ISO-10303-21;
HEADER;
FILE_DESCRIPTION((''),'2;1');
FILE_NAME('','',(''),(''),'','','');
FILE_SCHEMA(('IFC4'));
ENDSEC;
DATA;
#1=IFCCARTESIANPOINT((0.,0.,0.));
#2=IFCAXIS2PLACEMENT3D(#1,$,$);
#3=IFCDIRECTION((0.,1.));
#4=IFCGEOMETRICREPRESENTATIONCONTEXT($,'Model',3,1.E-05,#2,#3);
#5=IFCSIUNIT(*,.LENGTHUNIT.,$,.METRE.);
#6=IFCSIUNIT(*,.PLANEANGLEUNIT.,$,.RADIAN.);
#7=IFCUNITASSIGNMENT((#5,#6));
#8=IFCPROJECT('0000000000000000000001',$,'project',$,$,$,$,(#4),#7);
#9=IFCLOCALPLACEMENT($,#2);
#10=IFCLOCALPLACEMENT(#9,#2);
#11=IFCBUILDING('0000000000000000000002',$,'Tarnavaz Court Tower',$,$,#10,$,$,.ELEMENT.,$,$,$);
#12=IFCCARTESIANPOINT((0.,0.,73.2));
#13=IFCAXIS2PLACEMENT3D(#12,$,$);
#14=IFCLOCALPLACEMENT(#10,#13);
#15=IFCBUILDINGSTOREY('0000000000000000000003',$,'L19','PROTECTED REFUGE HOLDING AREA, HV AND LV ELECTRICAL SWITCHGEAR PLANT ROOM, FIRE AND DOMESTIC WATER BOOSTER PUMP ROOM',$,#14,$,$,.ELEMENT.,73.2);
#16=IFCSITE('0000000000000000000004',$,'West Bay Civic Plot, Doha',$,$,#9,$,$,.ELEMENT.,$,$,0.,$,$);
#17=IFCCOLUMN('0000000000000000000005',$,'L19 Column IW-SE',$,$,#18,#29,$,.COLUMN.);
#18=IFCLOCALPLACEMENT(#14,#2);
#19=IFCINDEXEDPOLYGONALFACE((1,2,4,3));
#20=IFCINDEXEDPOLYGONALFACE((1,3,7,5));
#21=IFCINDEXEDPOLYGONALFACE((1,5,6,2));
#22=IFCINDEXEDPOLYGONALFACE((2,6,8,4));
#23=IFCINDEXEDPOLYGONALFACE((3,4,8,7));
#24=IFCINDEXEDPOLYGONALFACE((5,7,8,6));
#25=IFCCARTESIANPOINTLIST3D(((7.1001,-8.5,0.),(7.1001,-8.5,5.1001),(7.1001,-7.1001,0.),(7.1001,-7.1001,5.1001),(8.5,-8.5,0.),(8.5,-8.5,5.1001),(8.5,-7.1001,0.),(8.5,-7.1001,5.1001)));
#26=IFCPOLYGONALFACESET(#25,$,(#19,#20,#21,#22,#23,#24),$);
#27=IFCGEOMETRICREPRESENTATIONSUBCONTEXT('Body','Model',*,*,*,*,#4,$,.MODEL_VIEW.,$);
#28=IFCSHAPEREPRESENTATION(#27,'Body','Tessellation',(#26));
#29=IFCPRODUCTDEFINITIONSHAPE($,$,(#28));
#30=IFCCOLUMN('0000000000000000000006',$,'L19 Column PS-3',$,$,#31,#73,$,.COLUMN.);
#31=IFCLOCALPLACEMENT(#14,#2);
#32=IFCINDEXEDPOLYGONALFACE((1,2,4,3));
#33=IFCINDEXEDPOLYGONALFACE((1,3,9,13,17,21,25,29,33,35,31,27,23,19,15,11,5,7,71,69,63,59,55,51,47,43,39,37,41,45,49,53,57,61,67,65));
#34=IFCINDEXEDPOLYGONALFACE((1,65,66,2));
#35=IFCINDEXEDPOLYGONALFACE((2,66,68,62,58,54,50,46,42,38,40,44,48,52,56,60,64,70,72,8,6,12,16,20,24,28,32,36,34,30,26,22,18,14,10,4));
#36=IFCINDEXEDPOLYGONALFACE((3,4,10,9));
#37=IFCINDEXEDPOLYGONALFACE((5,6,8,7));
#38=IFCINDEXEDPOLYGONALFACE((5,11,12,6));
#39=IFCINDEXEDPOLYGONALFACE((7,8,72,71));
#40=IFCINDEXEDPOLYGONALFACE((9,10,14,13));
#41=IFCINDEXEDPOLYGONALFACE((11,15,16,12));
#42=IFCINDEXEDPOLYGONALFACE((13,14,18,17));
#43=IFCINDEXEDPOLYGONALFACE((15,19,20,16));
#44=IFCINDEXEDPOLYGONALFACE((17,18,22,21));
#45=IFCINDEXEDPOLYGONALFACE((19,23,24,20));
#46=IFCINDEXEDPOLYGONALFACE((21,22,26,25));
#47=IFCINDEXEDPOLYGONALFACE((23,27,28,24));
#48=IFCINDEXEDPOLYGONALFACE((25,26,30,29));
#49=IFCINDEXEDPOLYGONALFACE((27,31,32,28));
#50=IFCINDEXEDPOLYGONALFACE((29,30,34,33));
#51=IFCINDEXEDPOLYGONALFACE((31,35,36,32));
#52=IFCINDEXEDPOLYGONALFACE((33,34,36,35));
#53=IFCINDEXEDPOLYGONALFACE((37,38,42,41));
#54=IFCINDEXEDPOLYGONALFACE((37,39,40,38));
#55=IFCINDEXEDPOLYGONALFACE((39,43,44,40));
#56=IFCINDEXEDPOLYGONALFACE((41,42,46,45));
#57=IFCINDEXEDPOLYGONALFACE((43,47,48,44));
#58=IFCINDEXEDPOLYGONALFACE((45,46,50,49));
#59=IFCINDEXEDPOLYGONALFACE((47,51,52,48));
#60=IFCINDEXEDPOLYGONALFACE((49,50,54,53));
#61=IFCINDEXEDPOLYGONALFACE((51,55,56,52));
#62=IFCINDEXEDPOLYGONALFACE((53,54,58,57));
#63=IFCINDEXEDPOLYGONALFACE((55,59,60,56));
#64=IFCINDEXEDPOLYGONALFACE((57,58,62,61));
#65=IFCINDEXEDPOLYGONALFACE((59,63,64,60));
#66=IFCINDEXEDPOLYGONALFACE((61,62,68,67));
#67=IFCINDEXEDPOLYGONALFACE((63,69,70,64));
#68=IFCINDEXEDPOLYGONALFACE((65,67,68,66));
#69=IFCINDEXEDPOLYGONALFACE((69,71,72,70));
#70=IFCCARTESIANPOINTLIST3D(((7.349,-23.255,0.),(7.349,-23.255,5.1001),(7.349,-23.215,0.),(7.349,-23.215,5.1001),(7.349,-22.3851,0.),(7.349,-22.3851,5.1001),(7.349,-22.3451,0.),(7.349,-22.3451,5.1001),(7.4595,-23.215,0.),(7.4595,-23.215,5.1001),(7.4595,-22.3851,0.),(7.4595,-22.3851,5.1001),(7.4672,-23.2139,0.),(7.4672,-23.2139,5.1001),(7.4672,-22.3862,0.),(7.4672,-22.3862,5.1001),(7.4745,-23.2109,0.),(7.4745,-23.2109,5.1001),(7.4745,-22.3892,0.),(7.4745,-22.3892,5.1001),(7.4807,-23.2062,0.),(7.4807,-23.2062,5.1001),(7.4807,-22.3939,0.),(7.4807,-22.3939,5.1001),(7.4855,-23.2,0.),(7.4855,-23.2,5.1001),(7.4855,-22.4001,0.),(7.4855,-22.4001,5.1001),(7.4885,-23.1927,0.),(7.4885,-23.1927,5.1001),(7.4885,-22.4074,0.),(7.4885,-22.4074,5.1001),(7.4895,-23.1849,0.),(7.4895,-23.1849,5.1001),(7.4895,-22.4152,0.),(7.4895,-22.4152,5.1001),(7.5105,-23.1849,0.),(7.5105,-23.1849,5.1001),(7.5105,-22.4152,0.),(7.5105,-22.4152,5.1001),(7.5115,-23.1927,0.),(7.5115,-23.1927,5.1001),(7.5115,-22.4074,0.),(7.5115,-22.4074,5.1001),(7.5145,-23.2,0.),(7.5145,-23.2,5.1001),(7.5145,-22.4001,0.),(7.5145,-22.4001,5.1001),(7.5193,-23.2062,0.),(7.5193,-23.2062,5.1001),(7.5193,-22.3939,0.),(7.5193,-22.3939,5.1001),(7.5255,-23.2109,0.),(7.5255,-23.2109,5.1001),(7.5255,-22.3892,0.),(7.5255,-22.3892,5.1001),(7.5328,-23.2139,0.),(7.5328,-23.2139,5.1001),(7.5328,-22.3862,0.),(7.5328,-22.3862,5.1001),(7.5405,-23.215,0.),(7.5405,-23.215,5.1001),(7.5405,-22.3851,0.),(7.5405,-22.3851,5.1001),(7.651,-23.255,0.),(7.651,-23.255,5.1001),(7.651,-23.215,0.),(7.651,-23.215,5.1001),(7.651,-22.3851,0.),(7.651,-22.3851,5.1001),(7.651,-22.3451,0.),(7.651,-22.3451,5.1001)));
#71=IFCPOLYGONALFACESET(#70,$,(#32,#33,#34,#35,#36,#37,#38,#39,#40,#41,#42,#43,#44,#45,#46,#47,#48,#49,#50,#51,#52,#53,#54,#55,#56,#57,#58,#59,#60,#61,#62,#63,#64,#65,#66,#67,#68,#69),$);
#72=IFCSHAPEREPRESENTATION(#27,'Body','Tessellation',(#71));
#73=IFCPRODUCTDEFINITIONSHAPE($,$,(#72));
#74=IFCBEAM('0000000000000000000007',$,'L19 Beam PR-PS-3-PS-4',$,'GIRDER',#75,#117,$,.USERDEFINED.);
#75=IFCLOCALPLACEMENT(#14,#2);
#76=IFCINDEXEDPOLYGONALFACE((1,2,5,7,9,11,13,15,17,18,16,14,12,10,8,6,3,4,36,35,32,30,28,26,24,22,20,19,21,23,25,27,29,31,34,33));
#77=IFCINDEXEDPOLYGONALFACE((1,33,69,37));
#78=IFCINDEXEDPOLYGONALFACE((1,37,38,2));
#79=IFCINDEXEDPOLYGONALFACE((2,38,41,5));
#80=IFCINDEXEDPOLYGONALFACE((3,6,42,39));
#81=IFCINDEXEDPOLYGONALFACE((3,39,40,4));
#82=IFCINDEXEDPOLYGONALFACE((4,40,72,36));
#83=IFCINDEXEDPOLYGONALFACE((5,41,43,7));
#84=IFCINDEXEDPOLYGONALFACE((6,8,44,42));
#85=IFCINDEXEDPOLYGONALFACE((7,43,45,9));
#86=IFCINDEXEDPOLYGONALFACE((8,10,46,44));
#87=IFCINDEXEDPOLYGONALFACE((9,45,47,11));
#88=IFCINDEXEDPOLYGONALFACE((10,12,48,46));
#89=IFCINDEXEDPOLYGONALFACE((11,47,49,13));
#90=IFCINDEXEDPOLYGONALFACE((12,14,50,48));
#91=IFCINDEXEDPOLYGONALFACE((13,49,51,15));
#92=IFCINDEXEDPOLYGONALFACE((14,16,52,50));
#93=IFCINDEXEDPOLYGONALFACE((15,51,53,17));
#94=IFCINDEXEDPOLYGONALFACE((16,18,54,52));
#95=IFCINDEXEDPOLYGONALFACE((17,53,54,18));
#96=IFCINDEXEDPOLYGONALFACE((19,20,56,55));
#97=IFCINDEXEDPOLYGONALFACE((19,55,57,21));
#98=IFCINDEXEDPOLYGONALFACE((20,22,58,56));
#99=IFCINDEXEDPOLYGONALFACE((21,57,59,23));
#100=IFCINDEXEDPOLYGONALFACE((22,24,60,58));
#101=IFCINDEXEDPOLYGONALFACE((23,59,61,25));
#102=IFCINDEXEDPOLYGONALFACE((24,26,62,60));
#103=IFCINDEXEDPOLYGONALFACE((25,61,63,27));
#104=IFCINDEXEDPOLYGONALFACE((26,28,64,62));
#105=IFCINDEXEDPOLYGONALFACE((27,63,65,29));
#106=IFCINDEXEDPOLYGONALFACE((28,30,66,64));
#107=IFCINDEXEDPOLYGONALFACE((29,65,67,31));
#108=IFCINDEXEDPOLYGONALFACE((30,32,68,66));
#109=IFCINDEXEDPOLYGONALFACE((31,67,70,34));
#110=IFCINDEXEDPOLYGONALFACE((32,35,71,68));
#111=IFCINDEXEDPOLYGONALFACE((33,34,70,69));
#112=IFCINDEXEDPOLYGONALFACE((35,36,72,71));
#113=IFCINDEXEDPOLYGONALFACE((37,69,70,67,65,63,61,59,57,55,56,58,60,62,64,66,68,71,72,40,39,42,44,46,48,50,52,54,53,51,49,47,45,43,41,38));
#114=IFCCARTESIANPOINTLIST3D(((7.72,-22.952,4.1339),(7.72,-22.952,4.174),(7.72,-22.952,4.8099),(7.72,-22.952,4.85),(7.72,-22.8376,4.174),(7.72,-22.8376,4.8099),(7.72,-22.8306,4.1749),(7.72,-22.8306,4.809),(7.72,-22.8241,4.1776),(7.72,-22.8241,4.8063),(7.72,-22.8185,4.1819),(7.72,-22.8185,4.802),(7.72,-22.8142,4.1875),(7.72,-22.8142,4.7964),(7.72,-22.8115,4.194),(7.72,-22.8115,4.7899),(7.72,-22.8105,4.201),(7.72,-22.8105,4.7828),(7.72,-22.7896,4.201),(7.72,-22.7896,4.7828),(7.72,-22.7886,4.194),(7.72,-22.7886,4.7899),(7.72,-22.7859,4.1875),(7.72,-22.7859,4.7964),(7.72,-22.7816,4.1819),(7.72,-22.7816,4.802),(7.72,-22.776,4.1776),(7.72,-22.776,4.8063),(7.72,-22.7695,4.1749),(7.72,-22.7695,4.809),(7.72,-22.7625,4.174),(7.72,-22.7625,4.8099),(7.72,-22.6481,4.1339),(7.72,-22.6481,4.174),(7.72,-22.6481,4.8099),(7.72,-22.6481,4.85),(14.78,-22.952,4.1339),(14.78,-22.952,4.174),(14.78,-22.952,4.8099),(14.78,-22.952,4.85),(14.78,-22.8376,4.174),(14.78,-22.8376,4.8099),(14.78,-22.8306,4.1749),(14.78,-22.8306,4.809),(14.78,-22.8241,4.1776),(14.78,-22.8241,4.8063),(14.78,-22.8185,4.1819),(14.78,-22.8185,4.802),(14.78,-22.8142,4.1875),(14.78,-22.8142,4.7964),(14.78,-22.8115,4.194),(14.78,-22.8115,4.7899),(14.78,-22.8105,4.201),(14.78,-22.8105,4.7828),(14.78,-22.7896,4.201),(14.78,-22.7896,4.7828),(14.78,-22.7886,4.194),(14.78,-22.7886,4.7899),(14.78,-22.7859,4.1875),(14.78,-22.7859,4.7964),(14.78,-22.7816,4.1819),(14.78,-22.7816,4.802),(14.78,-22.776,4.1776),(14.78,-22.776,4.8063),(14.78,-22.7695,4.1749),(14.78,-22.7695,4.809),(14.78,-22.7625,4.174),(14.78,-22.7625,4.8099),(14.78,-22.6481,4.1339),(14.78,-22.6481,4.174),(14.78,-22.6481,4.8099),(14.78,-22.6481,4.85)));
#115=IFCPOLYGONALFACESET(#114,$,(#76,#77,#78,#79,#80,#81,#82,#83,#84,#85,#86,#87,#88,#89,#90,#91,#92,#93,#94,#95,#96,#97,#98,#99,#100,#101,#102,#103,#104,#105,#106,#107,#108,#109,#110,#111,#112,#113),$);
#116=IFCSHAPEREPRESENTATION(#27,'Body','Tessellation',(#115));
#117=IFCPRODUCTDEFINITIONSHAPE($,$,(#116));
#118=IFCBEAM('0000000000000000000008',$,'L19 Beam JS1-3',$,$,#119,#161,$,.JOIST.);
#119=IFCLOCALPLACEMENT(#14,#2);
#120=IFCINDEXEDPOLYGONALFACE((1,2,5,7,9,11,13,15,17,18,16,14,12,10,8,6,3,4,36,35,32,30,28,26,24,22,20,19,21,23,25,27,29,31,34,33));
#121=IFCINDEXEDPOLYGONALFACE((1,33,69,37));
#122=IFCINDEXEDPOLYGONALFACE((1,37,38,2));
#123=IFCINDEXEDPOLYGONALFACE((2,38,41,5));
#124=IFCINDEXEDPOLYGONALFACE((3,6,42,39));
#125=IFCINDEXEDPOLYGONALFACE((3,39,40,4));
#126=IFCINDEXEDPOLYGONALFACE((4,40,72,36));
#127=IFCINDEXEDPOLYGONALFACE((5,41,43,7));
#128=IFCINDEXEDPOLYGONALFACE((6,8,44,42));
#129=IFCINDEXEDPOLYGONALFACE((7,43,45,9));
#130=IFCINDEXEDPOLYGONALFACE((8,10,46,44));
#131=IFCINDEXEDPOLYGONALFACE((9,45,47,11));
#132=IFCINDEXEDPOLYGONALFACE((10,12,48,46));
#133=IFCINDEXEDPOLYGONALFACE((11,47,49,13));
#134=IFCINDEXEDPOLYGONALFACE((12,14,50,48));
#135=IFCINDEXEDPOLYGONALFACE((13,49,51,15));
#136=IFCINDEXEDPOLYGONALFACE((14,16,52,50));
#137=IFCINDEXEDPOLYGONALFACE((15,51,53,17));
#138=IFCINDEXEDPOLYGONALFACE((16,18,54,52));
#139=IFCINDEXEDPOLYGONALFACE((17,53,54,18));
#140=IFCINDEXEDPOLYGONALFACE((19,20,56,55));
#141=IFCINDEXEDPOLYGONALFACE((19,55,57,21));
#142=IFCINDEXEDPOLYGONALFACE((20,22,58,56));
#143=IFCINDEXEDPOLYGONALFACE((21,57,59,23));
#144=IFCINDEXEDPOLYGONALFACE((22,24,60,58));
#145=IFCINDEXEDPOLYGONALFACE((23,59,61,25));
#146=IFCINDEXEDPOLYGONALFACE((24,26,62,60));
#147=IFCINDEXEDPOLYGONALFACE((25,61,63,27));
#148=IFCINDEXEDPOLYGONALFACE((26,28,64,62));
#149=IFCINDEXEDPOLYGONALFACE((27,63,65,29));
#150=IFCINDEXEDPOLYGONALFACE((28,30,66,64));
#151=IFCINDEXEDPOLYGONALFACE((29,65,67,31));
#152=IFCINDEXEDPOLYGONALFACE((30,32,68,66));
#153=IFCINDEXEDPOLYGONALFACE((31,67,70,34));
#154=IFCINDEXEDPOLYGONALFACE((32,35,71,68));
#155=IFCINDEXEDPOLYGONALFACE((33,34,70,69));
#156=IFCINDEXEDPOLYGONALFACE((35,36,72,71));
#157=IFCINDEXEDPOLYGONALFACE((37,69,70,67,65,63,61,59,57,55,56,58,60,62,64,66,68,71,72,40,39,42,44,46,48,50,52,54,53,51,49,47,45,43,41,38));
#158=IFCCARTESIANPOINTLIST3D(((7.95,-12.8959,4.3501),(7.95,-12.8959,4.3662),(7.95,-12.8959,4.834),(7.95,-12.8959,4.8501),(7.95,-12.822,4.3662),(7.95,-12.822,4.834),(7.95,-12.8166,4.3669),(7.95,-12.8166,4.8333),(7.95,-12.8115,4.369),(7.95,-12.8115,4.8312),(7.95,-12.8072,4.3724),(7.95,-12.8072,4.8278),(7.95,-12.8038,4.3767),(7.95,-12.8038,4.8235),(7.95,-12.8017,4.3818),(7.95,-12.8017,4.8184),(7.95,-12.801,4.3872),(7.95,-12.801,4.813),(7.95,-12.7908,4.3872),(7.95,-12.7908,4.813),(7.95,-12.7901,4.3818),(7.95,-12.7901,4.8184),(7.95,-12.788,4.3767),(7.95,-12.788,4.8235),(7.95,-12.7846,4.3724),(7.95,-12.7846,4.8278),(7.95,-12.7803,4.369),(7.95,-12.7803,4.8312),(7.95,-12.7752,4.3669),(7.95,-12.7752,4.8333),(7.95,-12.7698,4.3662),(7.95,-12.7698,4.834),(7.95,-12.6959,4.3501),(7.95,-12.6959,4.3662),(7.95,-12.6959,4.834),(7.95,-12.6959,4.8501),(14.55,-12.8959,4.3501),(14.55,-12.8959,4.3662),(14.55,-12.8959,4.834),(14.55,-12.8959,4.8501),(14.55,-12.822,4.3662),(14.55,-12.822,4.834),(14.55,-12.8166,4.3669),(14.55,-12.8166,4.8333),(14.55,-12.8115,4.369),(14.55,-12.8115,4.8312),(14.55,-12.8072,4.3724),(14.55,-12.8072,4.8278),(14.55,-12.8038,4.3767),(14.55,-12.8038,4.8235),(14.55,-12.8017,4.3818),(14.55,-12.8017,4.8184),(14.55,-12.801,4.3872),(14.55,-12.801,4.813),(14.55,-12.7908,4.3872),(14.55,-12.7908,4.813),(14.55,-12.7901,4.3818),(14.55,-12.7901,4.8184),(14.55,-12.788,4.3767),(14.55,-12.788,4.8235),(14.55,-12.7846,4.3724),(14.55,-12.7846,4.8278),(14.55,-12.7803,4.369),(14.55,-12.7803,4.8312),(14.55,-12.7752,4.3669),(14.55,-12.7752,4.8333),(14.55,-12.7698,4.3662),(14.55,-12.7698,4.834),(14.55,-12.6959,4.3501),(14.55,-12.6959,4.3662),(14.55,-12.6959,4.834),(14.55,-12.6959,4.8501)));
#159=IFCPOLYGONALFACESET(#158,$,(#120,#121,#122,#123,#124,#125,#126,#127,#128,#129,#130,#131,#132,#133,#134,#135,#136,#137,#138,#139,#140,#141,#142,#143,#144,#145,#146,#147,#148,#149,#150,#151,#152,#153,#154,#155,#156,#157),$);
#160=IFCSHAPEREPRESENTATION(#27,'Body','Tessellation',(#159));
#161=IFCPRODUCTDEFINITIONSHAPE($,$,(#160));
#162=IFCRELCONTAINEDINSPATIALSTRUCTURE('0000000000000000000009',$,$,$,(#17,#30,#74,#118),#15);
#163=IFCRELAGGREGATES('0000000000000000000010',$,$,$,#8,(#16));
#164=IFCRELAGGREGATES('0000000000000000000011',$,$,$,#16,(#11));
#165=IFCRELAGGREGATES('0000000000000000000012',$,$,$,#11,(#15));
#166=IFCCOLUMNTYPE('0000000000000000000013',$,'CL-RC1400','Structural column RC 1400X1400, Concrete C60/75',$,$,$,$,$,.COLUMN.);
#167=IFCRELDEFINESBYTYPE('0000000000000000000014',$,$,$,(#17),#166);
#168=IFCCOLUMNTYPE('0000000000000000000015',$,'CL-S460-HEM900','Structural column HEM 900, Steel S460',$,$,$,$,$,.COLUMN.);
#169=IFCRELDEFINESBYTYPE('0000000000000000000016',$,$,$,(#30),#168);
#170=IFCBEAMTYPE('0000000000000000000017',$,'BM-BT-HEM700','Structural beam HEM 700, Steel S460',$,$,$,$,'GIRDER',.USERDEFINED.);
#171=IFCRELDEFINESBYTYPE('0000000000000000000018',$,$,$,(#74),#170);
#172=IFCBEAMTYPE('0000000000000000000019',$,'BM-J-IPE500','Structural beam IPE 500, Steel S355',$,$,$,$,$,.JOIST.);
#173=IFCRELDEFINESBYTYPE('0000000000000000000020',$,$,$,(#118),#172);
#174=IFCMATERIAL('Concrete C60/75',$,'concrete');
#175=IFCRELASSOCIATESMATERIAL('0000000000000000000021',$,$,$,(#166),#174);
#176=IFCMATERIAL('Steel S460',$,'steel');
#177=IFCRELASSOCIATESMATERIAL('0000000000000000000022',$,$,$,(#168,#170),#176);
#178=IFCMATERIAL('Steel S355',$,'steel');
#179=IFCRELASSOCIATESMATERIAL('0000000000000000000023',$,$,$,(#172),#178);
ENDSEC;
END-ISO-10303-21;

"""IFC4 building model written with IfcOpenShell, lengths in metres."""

from ifc_helpers import new_model, si_unit, direction, frame, origin, origin_2d, place, context, subcontext, project, spatial, rectangle, i_section, extrude, material, material_profile, profile_set, type_object, element, save


model = new_model("IFC4")

# Units and contexts
model_context = context("Model", 3, precision=1e-05, world=origin(), true_north=direction((0.0, 1.0)))
body_context = subcontext(model_context, "Body", "Model", "MODEL_VIEW")
ifc_project = project(units=[si_unit("LENGTHUNIT", "METRE"), si_unit("PLANEANGLEUNIT", "RADIAN")], contexts=[model_context])

# Site, building, storey
site_placement = place(None, origin())
site = spatial("IfcSite", under=ifc_project, at=site_placement, Name="West Bay Civic Plot, Doha", CompositionType="ELEMENT", RefElevation=0.0)
building_placement = place(site_placement, origin())
building = spatial("IfcBuilding", under=site, at=building_placement, Name="Tarnavaz Court Tower", CompositionType="ELEMENT")
storey_placement = place(building_placement, frame((0.0, 0.0, 73.2)))
storey = spatial("IfcBuildingStorey", under=building, at=storey_placement, Name="L19", Description="PROTECTED REFUGE HOLDING AREA, HV AND LV ELECTRICAL SWITCHGEAR PLANT ROOM, FIRE AND DOMESTIC WATER BOOSTER PUMP ROOM", CompositionType="ELEMENT", Elevation=73.2)

# Columns
ifc_material_1 = material(Name="Concrete C60/75", Category="concrete")
ifc_material_profile_1 = material_profile(ifc_material_1, rectangle(XDim=1.3999, YDim=1.3999, at=origin_2d()), Name="RC 1400X1400")
ifc_profile_set_1 = profile_set([ifc_material_profile_1], Name="Concrete C60/75")
column_type_1 = type_object("IfcColumnType", Name="CL-RC1400", Description="Structural column RC 1400X1400, Concrete C60/75", PredefinedType="COLUMN", material=ifc_profile_set_1)
column_1_placement = place(storey_placement, frame((7.8, -7.8, 0.0), z_axis=(0.0, 0.0, 1.0), x_axis=(1.0, 0.0, 0.0)))
element("IfcColumn", 1, at=column_1_placement, inside=storey, type_object=column_type_1, Name="L19 Column IW-SE", PredefinedType="COLUMN", context=body_context, shape_type="SweptSolid", body=[
    extrude(rectangle(XDim=1.3999, YDim=1.3999, at=origin_2d()), origin(), (0.0, 0.0, 1.0), 5.1001),
])
ifc_material_2 = material(Name="Steel S460", Category="steel")
ifc_material_profile_2 = material_profile(ifc_material_2, i_section(OverallWidth=0.302, OverallDepth=0.9099, WebThickness=0.021, FlangeThickness=0.04, FilletRadius=0.03, at=origin_2d()), Name="HEM 900")
ifc_profile_set_2 = profile_set([ifc_material_profile_2], Name="Steel S460")
column_type_2 = type_object("IfcColumnType", Name="CL-S460-HEM900", Description="Structural column HEM 900, Steel S460", PredefinedType="COLUMN", material=ifc_profile_set_2)
column_2_placement = place(storey_placement, frame((7.5, -22.8, 0.0), z_axis=(0.0, 0.0, 1.0), x_axis=(1.0, 0.0, 0.0)))
element("IfcColumn", 2, at=column_2_placement, inside=storey, type_object=column_type_2, Name="L19 Column PS-3", PredefinedType="COLUMN", context=body_context, shape_type="SweptSolid", body=[
    extrude(i_section(OverallWidth=0.302, OverallDepth=0.9099, WebThickness=0.021, FlangeThickness=0.04, FilletRadius=0.03, at=origin_2d()), origin(), (0.0, 0.0, 1.0), 5.1001),
])

# Beams
ifc_material_profile_3 = material_profile(ifc_material_2, i_section(OverallWidth=0.304, OverallDepth=0.7161, WebThickness=0.021, FlangeThickness=0.04, FilletRadius=0.0271, at=origin_2d()), Name="HEM 700")
ifc_profile_set_3 = profile_set([ifc_material_profile_3], Name="Steel S460")
beam_type_1 = type_object("IfcBeamType", Name="BM-BT-HEM700", Description="Structural beam HEM 700, Steel S460", ElementType="GIRDER", PredefinedType="USERDEFINED", material=ifc_profile_set_3)
beam_1_placement = place(storey_placement, frame((7.72, -22.8, 4.4919), z_axis=(1.0, 0.0, 0.0), x_axis=(0.0, 1.0, 0.0)))
element("IfcBeam", 3, at=beam_1_placement, inside=storey, type_object=beam_type_1, Name="L19 Beam PR-PS-3-PS-4", ObjectType="GIRDER", PredefinedType="USERDEFINED", context=body_context, shape_type="SweptSolid", body=[
    extrude(i_section(OverallWidth=0.304, OverallDepth=0.7161, WebThickness=0.021, FlangeThickness=0.04, FilletRadius=0.0271, at=origin_2d()), origin(), (0.0, 0.0, 1.0), 7.0601),
])
ifc_material_3 = material(Name="Steel S355", Category="steel")
ifc_material_profile_4 = material_profile(ifc_material_3, i_section(OverallWidth=0.2, OverallDepth=0.5, WebThickness=0.0103, FlangeThickness=0.0161, FilletRadius=0.021, at=origin_2d()), Name="IPE 500")
ifc_profile_set_4 = profile_set([ifc_material_profile_4], Name="Steel S355")
beam_type_2 = type_object("IfcBeamType", Name="BM-J-IPE500", Description="Structural beam IPE 500, Steel S355", PredefinedType="JOIST", material=ifc_profile_set_4)
for number, where, z_axis, x_axis, name in (
    (4, (7.95, -12.7959, 4.6001), (1.0, 0.0, 0.0), (0.0, 1.0, 0.0), "L19 Beam JS1-3"),
):
    element("IfcBeam", number, at=place(storey_placement, frame(where, z_axis=z_axis, x_axis=x_axis)), inside=storey, type_object=beam_type_2, Name=name, PredefinedType="JOIST", context=body_context, shape_type="SweptSolid", body=[
        extrude(i_section(OverallWidth=0.2, OverallDepth=0.5, WebThickness=0.0103, FlangeThickness=0.0161, FilletRadius=0.021, at=origin_2d()), origin(), (0.0, 0.0, 1.0), 6.6001),
    ])

save(model, "model.ifc")
